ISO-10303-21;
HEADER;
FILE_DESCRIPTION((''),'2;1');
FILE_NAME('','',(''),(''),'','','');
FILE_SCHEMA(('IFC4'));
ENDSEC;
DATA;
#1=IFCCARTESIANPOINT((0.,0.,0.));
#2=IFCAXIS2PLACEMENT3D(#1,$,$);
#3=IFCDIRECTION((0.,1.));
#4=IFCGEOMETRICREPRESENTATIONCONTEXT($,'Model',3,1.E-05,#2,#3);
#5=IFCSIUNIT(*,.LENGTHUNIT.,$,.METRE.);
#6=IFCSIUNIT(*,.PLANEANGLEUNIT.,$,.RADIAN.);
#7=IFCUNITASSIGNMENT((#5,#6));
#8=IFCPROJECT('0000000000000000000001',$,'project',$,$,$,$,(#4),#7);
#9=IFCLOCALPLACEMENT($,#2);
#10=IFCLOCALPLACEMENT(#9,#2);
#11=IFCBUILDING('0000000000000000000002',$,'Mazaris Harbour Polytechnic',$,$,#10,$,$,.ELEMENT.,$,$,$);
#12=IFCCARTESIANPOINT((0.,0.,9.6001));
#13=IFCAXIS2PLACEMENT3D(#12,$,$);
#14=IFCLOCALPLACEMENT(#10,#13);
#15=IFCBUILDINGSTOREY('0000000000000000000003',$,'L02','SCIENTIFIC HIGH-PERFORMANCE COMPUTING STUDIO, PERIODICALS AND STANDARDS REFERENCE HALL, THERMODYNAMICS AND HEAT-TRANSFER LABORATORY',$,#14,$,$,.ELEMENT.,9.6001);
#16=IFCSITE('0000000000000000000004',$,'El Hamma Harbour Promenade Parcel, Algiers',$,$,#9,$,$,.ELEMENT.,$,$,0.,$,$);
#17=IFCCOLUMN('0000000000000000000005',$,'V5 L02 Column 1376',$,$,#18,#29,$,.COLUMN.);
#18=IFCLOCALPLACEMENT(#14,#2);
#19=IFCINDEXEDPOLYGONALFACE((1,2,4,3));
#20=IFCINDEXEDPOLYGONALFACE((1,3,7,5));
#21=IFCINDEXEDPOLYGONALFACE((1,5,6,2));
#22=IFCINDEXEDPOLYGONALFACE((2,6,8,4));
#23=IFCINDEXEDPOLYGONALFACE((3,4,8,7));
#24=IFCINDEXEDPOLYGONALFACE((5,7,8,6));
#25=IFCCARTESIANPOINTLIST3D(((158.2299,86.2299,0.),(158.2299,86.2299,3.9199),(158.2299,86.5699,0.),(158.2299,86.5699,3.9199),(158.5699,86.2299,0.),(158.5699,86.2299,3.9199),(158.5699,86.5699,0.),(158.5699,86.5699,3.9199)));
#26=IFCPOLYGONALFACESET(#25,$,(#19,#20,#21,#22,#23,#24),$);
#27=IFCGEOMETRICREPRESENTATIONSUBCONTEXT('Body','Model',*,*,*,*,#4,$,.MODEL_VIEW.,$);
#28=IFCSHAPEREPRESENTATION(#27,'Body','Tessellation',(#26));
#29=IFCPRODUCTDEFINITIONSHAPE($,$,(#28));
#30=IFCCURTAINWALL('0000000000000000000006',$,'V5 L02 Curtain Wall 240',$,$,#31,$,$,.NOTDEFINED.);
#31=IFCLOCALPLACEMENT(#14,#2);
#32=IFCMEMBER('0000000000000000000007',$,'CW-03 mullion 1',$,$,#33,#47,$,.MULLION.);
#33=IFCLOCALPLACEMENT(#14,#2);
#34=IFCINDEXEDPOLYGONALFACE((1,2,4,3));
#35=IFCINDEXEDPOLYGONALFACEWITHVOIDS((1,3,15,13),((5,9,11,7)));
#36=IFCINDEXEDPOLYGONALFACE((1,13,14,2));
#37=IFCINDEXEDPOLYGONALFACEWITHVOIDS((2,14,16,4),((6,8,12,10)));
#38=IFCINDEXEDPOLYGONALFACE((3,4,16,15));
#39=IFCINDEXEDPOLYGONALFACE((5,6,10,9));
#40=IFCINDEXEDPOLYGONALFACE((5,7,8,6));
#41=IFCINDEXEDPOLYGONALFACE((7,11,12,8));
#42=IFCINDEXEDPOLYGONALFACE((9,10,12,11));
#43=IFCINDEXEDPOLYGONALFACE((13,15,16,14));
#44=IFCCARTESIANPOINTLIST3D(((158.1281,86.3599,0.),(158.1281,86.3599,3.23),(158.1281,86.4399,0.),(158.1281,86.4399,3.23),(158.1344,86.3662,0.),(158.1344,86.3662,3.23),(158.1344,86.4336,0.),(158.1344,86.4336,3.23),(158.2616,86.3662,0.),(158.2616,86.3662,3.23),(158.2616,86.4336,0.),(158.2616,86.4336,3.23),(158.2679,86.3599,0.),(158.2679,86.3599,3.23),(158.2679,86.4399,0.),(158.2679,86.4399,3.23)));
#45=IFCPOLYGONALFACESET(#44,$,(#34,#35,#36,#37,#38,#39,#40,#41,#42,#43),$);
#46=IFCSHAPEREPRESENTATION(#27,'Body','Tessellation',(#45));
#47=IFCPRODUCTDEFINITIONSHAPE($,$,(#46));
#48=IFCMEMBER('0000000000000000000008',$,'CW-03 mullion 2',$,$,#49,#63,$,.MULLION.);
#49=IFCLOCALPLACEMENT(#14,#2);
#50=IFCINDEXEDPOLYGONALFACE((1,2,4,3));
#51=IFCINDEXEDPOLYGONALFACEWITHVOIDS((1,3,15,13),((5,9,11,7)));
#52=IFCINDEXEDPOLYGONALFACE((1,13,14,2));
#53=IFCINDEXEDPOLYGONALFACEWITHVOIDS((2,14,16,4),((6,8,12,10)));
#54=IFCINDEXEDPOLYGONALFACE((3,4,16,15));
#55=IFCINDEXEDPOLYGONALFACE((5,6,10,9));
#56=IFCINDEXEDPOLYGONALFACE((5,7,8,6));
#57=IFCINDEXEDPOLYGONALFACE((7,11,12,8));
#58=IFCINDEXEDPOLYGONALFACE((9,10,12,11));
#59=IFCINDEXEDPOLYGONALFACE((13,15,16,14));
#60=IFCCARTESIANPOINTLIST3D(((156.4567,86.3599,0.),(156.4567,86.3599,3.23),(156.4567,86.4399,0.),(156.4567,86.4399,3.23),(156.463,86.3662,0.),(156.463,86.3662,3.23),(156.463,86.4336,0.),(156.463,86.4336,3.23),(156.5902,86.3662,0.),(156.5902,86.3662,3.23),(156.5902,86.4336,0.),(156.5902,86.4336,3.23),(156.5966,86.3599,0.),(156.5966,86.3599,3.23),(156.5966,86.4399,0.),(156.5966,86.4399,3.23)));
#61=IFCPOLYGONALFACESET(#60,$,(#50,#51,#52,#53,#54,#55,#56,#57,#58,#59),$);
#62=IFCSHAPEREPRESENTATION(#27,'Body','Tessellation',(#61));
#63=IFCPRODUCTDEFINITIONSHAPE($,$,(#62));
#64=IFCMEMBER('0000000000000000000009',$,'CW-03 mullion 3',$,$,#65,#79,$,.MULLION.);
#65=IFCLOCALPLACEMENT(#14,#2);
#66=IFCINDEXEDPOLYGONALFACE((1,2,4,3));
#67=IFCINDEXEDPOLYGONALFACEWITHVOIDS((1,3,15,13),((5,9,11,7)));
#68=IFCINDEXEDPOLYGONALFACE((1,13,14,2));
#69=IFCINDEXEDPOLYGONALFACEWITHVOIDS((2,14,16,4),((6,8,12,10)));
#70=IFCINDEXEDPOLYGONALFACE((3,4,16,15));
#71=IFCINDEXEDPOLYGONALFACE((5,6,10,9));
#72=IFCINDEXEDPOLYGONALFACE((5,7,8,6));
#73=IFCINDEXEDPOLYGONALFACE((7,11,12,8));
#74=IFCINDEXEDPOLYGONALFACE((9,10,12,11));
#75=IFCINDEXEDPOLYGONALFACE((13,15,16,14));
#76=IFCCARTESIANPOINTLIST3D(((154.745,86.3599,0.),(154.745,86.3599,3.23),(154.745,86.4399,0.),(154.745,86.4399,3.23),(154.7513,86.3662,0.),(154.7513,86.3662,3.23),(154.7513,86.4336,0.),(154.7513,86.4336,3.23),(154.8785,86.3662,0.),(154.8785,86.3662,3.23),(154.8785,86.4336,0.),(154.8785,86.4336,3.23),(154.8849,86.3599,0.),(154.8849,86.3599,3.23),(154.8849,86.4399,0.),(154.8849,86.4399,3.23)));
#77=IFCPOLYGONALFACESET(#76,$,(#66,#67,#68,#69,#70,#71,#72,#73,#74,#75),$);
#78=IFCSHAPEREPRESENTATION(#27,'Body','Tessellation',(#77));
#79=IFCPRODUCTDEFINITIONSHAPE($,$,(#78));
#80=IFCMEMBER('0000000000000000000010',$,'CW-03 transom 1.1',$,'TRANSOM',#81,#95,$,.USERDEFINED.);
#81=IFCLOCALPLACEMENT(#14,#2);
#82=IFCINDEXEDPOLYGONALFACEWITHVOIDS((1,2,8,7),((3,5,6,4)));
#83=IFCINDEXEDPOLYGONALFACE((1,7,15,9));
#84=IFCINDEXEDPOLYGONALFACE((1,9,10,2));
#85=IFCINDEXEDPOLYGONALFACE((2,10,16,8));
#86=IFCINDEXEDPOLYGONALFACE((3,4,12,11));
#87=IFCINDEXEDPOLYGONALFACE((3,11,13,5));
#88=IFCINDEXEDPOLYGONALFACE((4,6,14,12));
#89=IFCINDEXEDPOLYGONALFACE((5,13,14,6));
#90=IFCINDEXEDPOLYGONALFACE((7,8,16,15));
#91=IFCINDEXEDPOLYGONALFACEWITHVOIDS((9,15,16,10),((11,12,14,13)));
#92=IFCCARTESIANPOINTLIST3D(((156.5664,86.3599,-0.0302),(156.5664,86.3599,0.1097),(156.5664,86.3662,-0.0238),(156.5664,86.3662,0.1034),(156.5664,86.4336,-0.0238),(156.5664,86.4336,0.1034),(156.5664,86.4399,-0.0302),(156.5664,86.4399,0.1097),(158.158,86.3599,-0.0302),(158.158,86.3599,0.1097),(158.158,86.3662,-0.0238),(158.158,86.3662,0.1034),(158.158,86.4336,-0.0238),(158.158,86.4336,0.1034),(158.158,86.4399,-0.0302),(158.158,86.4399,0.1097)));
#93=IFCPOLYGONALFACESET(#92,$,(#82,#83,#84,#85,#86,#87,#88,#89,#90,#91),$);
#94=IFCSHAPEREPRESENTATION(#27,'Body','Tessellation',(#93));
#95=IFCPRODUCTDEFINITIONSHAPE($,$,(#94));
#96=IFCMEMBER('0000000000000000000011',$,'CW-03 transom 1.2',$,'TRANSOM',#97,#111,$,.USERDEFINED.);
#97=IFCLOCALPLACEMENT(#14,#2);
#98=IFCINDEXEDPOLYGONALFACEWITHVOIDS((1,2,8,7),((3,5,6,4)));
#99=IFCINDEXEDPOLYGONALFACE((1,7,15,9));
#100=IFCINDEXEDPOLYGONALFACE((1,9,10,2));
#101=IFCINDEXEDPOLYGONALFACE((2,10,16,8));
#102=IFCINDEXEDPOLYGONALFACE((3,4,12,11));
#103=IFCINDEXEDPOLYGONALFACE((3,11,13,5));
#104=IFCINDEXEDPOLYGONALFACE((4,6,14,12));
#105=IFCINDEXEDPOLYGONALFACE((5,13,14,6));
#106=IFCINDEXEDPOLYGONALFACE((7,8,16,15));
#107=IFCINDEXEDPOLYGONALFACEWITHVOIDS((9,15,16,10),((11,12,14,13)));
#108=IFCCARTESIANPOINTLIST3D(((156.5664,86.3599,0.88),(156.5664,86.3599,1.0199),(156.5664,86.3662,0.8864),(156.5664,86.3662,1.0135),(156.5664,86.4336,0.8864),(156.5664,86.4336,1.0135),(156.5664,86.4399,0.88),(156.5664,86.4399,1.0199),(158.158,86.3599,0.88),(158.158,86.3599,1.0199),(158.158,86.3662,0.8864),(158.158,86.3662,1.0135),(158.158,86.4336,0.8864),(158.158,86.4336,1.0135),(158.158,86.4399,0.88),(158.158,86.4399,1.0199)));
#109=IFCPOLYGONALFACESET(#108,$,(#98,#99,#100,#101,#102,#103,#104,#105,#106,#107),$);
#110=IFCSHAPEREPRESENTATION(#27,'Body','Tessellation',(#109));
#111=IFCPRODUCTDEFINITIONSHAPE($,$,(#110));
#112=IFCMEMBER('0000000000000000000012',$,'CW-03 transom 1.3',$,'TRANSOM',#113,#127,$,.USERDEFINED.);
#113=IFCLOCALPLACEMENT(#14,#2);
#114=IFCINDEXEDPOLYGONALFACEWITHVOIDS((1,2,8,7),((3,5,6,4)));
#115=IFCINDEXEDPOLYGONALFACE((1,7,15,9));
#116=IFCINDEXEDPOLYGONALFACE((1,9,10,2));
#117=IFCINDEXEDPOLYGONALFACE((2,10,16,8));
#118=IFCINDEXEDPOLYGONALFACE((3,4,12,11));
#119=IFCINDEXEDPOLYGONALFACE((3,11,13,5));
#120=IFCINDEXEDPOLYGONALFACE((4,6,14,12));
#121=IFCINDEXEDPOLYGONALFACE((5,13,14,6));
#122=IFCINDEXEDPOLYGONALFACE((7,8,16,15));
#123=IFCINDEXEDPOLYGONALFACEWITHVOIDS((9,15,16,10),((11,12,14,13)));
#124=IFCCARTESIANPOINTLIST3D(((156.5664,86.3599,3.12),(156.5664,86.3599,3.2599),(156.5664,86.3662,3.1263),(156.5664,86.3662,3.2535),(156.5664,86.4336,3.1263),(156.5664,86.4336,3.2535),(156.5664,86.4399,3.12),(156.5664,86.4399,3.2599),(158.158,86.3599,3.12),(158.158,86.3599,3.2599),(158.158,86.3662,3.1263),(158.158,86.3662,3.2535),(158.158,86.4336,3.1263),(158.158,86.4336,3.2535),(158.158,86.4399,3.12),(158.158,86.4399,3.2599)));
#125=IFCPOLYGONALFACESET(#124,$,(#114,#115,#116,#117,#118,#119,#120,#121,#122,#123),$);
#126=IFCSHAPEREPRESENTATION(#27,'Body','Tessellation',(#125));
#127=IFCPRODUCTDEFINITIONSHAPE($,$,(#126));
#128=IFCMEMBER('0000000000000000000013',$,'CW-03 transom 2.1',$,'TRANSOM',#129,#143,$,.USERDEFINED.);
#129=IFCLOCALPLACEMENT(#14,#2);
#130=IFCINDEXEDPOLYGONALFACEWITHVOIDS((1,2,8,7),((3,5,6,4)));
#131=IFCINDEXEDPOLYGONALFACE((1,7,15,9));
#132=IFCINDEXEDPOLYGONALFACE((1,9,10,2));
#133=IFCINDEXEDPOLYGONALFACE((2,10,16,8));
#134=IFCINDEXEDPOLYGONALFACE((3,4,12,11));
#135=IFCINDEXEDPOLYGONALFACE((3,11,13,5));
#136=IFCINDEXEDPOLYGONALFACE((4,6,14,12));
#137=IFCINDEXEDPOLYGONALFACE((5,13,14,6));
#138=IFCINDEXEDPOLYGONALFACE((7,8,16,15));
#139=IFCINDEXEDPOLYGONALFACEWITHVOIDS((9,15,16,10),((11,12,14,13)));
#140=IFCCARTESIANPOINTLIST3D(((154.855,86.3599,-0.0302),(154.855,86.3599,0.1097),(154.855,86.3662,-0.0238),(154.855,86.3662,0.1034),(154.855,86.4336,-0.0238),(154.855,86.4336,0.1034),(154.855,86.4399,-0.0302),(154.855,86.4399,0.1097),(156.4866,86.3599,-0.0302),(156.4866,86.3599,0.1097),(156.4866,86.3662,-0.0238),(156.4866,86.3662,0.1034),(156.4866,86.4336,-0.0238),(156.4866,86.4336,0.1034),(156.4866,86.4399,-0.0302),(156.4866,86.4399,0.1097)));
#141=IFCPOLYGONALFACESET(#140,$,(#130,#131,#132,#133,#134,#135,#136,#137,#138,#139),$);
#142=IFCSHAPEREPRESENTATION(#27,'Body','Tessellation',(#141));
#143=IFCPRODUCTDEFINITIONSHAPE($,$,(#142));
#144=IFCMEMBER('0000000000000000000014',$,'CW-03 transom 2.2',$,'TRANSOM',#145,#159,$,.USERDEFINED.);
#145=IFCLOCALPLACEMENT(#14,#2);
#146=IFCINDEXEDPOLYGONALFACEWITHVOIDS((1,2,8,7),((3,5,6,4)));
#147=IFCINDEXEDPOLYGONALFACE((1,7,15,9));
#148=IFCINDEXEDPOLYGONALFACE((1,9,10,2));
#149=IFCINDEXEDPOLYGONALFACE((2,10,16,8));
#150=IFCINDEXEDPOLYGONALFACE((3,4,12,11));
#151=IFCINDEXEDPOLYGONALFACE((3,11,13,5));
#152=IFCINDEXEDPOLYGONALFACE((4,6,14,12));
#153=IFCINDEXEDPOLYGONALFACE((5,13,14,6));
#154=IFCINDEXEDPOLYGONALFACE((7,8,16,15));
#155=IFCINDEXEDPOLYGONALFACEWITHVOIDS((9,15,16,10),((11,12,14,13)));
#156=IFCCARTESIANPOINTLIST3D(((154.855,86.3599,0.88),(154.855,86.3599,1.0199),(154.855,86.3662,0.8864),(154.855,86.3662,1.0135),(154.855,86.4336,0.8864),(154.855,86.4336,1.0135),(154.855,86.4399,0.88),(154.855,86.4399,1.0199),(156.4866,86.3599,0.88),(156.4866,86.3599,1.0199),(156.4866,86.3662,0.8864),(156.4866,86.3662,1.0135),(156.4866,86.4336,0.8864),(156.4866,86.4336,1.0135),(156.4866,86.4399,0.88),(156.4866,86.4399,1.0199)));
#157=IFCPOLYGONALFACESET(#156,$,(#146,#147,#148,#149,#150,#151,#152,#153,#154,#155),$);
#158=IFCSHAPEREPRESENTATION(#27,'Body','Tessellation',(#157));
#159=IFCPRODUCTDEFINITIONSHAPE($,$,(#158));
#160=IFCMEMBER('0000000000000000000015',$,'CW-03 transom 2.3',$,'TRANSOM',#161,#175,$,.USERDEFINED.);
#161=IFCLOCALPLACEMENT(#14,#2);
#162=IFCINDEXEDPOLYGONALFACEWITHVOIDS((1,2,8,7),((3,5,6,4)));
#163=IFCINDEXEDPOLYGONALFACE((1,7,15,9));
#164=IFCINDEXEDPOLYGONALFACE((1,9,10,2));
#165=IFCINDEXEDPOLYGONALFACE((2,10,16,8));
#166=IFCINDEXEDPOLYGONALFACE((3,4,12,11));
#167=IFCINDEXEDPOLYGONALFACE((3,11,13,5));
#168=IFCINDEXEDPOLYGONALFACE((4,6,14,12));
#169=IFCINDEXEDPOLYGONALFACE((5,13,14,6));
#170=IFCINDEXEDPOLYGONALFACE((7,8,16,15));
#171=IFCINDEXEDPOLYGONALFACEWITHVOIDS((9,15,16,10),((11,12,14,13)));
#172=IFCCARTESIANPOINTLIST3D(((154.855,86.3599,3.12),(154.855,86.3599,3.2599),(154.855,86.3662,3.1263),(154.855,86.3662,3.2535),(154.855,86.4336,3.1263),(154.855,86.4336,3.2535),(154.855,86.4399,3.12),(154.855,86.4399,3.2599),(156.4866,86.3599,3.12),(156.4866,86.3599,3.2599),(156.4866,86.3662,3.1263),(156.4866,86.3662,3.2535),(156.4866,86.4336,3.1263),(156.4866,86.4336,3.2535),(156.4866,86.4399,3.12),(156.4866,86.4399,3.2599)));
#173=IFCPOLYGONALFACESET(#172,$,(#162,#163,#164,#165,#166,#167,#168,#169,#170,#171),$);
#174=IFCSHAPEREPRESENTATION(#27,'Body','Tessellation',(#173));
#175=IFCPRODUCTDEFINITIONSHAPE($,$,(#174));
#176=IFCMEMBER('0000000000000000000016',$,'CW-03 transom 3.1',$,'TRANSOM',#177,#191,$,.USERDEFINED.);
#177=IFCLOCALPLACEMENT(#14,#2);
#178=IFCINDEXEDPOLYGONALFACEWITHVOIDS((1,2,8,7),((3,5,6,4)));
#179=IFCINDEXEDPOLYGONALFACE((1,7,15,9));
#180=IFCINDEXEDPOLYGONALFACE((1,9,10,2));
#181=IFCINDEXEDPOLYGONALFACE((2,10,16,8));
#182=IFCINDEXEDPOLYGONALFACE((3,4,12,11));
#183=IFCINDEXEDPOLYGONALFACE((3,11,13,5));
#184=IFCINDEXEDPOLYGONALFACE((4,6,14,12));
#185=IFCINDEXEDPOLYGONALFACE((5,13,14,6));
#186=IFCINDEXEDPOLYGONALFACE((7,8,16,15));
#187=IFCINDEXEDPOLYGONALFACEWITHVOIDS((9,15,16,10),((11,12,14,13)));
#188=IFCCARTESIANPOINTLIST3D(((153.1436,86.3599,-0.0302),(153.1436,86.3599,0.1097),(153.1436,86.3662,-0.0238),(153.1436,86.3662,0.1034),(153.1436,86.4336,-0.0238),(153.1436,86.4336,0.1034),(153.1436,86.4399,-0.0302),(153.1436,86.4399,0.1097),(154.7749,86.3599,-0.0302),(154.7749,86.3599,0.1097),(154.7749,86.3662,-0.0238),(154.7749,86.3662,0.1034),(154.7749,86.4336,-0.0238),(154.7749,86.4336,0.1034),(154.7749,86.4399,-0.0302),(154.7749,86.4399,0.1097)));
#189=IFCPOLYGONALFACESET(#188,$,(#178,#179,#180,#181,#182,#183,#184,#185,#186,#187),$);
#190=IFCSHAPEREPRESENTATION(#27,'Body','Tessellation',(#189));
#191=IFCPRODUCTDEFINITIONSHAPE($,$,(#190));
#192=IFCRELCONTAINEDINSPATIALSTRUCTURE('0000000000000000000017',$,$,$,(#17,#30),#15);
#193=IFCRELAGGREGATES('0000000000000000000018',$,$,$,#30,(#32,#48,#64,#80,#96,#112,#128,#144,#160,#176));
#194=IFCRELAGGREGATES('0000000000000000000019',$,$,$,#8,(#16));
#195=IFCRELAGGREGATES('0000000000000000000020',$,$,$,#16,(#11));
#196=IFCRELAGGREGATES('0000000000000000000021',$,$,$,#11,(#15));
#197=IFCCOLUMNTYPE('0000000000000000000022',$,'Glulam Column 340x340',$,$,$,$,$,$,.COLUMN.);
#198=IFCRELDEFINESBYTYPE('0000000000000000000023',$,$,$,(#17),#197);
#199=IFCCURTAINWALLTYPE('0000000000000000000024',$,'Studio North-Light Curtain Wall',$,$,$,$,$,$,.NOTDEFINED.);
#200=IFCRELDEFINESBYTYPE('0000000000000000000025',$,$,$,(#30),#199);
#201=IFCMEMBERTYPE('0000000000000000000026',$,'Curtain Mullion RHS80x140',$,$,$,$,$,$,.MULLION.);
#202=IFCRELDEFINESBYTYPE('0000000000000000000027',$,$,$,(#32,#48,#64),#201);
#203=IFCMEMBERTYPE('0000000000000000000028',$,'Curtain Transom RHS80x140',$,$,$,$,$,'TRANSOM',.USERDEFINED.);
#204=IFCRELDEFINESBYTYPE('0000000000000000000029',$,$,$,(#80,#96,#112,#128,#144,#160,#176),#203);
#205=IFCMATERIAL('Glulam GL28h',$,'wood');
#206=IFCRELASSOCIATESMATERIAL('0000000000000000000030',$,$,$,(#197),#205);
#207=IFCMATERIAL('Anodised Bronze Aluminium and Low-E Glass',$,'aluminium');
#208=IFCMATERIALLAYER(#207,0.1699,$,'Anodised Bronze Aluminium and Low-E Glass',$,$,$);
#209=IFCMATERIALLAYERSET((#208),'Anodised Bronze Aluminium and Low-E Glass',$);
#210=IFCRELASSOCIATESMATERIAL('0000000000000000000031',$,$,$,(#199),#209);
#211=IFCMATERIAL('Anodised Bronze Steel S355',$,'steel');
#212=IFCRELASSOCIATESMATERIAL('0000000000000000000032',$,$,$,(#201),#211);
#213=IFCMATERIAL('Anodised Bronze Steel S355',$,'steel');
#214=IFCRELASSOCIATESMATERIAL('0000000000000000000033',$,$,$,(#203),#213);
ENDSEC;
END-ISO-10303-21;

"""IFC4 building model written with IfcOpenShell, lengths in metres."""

from ifc_helpers import new_model, si_unit, direction, frame, origin, origin_2d, place, context, subcontext, project, spatial, rectangle, hollow_rectangle, extrude, material, layer, layer_set, material_profile, profile_set, type_object, element, aggregate, save


model = new_model("IFC4")

# Units and contexts
model_context = context("Model", 3, precision=1e-05, world=origin(), true_north=direction((0.0, 1.0)))
body_context = subcontext(model_context, "Body", "Model", "MODEL_VIEW")
ifc_project = project(units=[si_unit("LENGTHUNIT", "METRE"), si_unit("PLANEANGLEUNIT", "RADIAN")], contexts=[model_context])

# Site, building, storey
site_placement = place(None, origin())
site = spatial("IfcSite", under=ifc_project, at=site_placement, Name="El Hamma Harbour Promenade Parcel, Algiers", CompositionType="ELEMENT", RefElevation=0.0)
building_placement = place(site_placement, origin())
building = spatial("IfcBuilding", under=site, at=building_placement, Name="Mazaris Harbour Polytechnic", CompositionType="ELEMENT")
storey_placement = place(building_placement, frame((0.0, 0.0, 9.6001)))
storey = spatial("IfcBuildingStorey", under=building, at=storey_placement, Name="L02", Description="SCIENTIFIC HIGH-PERFORMANCE COMPUTING STUDIO, PERIODICALS AND STANDARDS REFERENCE HALL, THERMODYNAMICS AND HEAT-TRANSFER LABORATORY", CompositionType="ELEMENT", Elevation=9.6001)

# Column
ifc_material_1 = material(Name="Glulam GL28h", Category="wood")
ifc_material_profile_1 = material_profile(ifc_material_1, rectangle(XDim=0.3401, YDim=0.3401, at=origin_2d()), Name="RECT340x340")
ifc_profile_set_1 = profile_set([ifc_material_profile_1], Name="Glulam GL28h")
column_type = type_object("IfcColumnType", Name="Glulam Column 340x340", PredefinedType="COLUMN", material=ifc_profile_set_1)
column_placement = place(storey_placement, frame((158.3999, 86.3999, 0.0), z_axis=(0.0, 0.0, 1.0), x_axis=(1.0, 0.0, 0.0)))
element("IfcColumn", 1, at=column_placement, inside=storey, type_object=column_type, Name="V5 L02 Column 1376", PredefinedType="COLUMN", context=body_context, shape_type="SweptSolid", body=[
    extrude(rectangle(XDim=0.3401, YDim=0.3401, at=origin_2d()), origin(), (0.0, 0.0, 1.0), 3.9199),
])

# Curtain wall, members
ifc_material_2 = material(Name="Anodised Bronze Aluminium and Low-E Glass", Category="aluminium")
ifc_layer_1 = layer(ifc_material_2, 0.1699, Name="Anodised Bronze Aluminium and Low-E Glass")
ifc_layer_set_1 = layer_set([ifc_layer_1], Name="Anodised Bronze Aluminium and Low-E Glass")
curtain_wall_type = type_object("IfcCurtainWallType", Name="Studio North-Light Curtain Wall", PredefinedType="NOTDEFINED", material=ifc_layer_set_1)
curtain_wall_placement = place(storey_placement, origin())
curtain_wall = element("IfcCurtainWall", 2, at=curtain_wall_placement, inside=storey, type_object=curtain_wall_type, Name="V5 L02 Curtain Wall 240", PredefinedType="NOTDEFINED")
ifc_material_3 = material(Name="Anodised Bronze Steel S355", Category="steel")
ifc_material_profile_2 = material_profile(ifc_material_3, hollow_rectangle(XDim=0.0801, YDim=0.1399, WallThickness=0.0063, at=origin_2d()), Name="RHS 80x140x6.3")
ifc_profile_set_2 = profile_set([ifc_material_profile_2], Name="Anodised Bronze Steel S355")
member_type_1 = type_object("IfcMemberType", Name="Curtain Mullion RHS80x140", PredefinedType="MULLION", material=ifc_profile_set_2)
member_1_placement = place(storey_placement, frame((158.198, 86.3999, 0.0), z_axis=(0.0, 0.0, 1.0), x_axis=(0.0, -1.0, 0.0)))
member_1 = element("IfcMember", 3, at=member_1_placement, type_object=member_type_1, Name="CW-03 mullion 1", PredefinedType="MULLION", context=body_context, shape_type="SweptSolid", body=[
    extrude(hollow_rectangle(XDim=0.0801, YDim=0.1399, WallThickness=0.0063, at=origin_2d()), origin(), (0.0, 0.0, 1.0), 3.23),
])
member_2_placement = place(storey_placement, frame((156.5266, 86.3999, 0.0), z_axis=(0.0, 0.0, 1.0), x_axis=(0.0, -1.0, 0.0)))
member_2 = element("IfcMember", 4, at=member_2_placement, type_object=member_type_1, Name="CW-03 mullion 2", PredefinedType="MULLION", context=body_context, shape_type="SweptSolid", body=[
    extrude(hollow_rectangle(XDim=0.0801, YDim=0.1399, WallThickness=0.0063, at=origin_2d()), origin(), (0.0, 0.0, 1.0), 3.23),
])
member_3_placement = place(storey_placement, frame((154.8149, 86.3999, 0.0), z_axis=(0.0, 0.0, 1.0), x_axis=(0.0, -1.0, 0.0)))
member_3 = element("IfcMember", 5, at=member_3_placement, type_object=member_type_1, Name="CW-03 mullion 3", PredefinedType="MULLION", context=body_context, shape_type="SweptSolid", body=[
    extrude(hollow_rectangle(XDim=0.0801, YDim=0.1399, WallThickness=0.0063, at=origin_2d()), origin(), (0.0, 0.0, 1.0), 3.23),
])
ifc_material_4 = material(Name="Anodised Bronze Steel S355", Category="steel")
ifc_material_profile_3 = material_profile(ifc_material_4, hollow_rectangle(XDim=0.0801, YDim=0.1399, WallThickness=0.0063, at=origin_2d()), Name="RHS 80x140x6.3")
ifc_profile_set_3 = profile_set([ifc_material_profile_3], Name="Anodised Bronze Steel S355")
member_type_2 = type_object("IfcMemberType", Name="Curtain Transom RHS80x140", ElementType="TRANSOM", PredefinedType="USERDEFINED", material=ifc_profile_set_3)
member_4_placement = place(storey_placement, frame((158.158, 86.3999, 0.0398), z_axis=(-1.0, 0.0, 0.0), x_axis=(0.0, -1.0, 0.0)))
member_4 = element("IfcMember", 6, at=member_4_placement, type_object=member_type_2, Name="CW-03 transom 1.1", ObjectType="TRANSOM", PredefinedType="USERDEFINED", context=body_context, shape_type="SweptSolid", body=[
    extrude(hollow_rectangle(XDim=0.0801, YDim=0.1399, WallThickness=0.0063, at=origin_2d()), origin(), (0.0, 0.0, 1.0), 1.5916),
])
member_5_placement = place(storey_placement, frame((158.158, 86.3999, 0.95), z_axis=(-1.0, 0.0, 0.0), x_axis=(0.0, -1.0, 0.0)))
member_5 = element("IfcMember", 7, at=member_5_placement, type_object=member_type_2, Name="CW-03 transom 1.2", ObjectType="TRANSOM", PredefinedType="USERDEFINED", context=body_context, shape_type="SweptSolid", body=[
    extrude(hollow_rectangle(XDim=0.0801, YDim=0.1399, WallThickness=0.0063, at=origin_2d()), origin(), (0.0, 0.0, 1.0), 1.5916),
])
member_6_placement = place(storey_placement, frame((158.158, 86.3999, 3.1899), z_axis=(-1.0, 0.0, 0.0), x_axis=(0.0, -1.0, 0.0)))
member_6 = element("IfcMember", 8, at=member_6_placement, type_object=member_type_2, Name="CW-03 transom 1.3", ObjectType="TRANSOM", PredefinedType="USERDEFINED", context=body_context, shape_type="SweptSolid", body=[
    extrude(hollow_rectangle(XDim=0.0801, YDim=0.1399, WallThickness=0.0063, at=origin_2d()), origin(), (0.0, 0.0, 1.0), 1.5916),
])
member_7_placement = place(storey_placement, frame((156.4866, 86.3999, 0.0398), z_axis=(-1.0, 0.0, 0.0), x_axis=(0.0, -1.0, 0.0)))
member_7 = element("IfcMember", 9, at=member_7_placement, type_object=member_type_2, Name="CW-03 transom 2.1", ObjectType="TRANSOM", PredefinedType="USERDEFINED", context=body_context, shape_type="SweptSolid", body=[
    extrude(hollow_rectangle(XDim=0.0801, YDim=0.1399, WallThickness=0.0063, at=origin_2d()), origin(), (0.0, 0.0, 1.0), 1.6316),
])
member_8_placement = place(storey_placement, frame((156.4866, 86.3999, 0.95), z_axis=(-1.0, 0.0, 0.0), x_axis=(0.0, -1.0, 0.0)))
member_8 = element("IfcMember", 10, at=member_8_placement, type_object=member_type_2, Name="CW-03 transom 2.2", ObjectType="TRANSOM", PredefinedType="USERDEFINED", context=body_context, shape_type="SweptSolid", body=[
    extrude(hollow_rectangle(XDim=0.0801, YDim=0.1399, WallThickness=0.0063, at=origin_2d()), origin(), (0.0, 0.0, 1.0), 1.6316),
])
member_9_placement = place(storey_placement, frame((156.4866, 86.3999, 3.1899), z_axis=(-1.0, 0.0, 0.0), x_axis=(0.0, -1.0, 0.0)))
member_9 = element("IfcMember", 11, at=member_9_placement, type_object=member_type_2, Name="CW-03 transom 2.3", ObjectType="TRANSOM", PredefinedType="USERDEFINED", context=body_context, shape_type="SweptSolid", body=[
    extrude(hollow_rectangle(XDim=0.0801, YDim=0.1399, WallThickness=0.0063, at=origin_2d()), origin(), (0.0, 0.0, 1.0), 1.6316),
])
member_10_placement = place(storey_placement, frame((154.7749, 86.3999, 0.0398), z_axis=(-1.0, 0.0, 0.0), x_axis=(0.0, -1.0, 0.0)))
member_10 = element("IfcMember", 12, at=member_10_placement, type_object=member_type_2, Name="CW-03 transom 3.1", ObjectType="TRANSOM", PredefinedType="USERDEFINED", context=body_context, shape_type="SweptSolid", body=[
    extrude(hollow_rectangle(XDim=0.0801, YDim=0.1399, WallThickness=0.0063, at=origin_2d()), origin(), (0.0, 0.0, 1.0), 1.6313),
])

aggregate(curtain_wall, [member_1, member_2, member_3, member_4, member_5, member_6, member_7, member_8, member_9, member_10])

save(model, "model.ifc")
